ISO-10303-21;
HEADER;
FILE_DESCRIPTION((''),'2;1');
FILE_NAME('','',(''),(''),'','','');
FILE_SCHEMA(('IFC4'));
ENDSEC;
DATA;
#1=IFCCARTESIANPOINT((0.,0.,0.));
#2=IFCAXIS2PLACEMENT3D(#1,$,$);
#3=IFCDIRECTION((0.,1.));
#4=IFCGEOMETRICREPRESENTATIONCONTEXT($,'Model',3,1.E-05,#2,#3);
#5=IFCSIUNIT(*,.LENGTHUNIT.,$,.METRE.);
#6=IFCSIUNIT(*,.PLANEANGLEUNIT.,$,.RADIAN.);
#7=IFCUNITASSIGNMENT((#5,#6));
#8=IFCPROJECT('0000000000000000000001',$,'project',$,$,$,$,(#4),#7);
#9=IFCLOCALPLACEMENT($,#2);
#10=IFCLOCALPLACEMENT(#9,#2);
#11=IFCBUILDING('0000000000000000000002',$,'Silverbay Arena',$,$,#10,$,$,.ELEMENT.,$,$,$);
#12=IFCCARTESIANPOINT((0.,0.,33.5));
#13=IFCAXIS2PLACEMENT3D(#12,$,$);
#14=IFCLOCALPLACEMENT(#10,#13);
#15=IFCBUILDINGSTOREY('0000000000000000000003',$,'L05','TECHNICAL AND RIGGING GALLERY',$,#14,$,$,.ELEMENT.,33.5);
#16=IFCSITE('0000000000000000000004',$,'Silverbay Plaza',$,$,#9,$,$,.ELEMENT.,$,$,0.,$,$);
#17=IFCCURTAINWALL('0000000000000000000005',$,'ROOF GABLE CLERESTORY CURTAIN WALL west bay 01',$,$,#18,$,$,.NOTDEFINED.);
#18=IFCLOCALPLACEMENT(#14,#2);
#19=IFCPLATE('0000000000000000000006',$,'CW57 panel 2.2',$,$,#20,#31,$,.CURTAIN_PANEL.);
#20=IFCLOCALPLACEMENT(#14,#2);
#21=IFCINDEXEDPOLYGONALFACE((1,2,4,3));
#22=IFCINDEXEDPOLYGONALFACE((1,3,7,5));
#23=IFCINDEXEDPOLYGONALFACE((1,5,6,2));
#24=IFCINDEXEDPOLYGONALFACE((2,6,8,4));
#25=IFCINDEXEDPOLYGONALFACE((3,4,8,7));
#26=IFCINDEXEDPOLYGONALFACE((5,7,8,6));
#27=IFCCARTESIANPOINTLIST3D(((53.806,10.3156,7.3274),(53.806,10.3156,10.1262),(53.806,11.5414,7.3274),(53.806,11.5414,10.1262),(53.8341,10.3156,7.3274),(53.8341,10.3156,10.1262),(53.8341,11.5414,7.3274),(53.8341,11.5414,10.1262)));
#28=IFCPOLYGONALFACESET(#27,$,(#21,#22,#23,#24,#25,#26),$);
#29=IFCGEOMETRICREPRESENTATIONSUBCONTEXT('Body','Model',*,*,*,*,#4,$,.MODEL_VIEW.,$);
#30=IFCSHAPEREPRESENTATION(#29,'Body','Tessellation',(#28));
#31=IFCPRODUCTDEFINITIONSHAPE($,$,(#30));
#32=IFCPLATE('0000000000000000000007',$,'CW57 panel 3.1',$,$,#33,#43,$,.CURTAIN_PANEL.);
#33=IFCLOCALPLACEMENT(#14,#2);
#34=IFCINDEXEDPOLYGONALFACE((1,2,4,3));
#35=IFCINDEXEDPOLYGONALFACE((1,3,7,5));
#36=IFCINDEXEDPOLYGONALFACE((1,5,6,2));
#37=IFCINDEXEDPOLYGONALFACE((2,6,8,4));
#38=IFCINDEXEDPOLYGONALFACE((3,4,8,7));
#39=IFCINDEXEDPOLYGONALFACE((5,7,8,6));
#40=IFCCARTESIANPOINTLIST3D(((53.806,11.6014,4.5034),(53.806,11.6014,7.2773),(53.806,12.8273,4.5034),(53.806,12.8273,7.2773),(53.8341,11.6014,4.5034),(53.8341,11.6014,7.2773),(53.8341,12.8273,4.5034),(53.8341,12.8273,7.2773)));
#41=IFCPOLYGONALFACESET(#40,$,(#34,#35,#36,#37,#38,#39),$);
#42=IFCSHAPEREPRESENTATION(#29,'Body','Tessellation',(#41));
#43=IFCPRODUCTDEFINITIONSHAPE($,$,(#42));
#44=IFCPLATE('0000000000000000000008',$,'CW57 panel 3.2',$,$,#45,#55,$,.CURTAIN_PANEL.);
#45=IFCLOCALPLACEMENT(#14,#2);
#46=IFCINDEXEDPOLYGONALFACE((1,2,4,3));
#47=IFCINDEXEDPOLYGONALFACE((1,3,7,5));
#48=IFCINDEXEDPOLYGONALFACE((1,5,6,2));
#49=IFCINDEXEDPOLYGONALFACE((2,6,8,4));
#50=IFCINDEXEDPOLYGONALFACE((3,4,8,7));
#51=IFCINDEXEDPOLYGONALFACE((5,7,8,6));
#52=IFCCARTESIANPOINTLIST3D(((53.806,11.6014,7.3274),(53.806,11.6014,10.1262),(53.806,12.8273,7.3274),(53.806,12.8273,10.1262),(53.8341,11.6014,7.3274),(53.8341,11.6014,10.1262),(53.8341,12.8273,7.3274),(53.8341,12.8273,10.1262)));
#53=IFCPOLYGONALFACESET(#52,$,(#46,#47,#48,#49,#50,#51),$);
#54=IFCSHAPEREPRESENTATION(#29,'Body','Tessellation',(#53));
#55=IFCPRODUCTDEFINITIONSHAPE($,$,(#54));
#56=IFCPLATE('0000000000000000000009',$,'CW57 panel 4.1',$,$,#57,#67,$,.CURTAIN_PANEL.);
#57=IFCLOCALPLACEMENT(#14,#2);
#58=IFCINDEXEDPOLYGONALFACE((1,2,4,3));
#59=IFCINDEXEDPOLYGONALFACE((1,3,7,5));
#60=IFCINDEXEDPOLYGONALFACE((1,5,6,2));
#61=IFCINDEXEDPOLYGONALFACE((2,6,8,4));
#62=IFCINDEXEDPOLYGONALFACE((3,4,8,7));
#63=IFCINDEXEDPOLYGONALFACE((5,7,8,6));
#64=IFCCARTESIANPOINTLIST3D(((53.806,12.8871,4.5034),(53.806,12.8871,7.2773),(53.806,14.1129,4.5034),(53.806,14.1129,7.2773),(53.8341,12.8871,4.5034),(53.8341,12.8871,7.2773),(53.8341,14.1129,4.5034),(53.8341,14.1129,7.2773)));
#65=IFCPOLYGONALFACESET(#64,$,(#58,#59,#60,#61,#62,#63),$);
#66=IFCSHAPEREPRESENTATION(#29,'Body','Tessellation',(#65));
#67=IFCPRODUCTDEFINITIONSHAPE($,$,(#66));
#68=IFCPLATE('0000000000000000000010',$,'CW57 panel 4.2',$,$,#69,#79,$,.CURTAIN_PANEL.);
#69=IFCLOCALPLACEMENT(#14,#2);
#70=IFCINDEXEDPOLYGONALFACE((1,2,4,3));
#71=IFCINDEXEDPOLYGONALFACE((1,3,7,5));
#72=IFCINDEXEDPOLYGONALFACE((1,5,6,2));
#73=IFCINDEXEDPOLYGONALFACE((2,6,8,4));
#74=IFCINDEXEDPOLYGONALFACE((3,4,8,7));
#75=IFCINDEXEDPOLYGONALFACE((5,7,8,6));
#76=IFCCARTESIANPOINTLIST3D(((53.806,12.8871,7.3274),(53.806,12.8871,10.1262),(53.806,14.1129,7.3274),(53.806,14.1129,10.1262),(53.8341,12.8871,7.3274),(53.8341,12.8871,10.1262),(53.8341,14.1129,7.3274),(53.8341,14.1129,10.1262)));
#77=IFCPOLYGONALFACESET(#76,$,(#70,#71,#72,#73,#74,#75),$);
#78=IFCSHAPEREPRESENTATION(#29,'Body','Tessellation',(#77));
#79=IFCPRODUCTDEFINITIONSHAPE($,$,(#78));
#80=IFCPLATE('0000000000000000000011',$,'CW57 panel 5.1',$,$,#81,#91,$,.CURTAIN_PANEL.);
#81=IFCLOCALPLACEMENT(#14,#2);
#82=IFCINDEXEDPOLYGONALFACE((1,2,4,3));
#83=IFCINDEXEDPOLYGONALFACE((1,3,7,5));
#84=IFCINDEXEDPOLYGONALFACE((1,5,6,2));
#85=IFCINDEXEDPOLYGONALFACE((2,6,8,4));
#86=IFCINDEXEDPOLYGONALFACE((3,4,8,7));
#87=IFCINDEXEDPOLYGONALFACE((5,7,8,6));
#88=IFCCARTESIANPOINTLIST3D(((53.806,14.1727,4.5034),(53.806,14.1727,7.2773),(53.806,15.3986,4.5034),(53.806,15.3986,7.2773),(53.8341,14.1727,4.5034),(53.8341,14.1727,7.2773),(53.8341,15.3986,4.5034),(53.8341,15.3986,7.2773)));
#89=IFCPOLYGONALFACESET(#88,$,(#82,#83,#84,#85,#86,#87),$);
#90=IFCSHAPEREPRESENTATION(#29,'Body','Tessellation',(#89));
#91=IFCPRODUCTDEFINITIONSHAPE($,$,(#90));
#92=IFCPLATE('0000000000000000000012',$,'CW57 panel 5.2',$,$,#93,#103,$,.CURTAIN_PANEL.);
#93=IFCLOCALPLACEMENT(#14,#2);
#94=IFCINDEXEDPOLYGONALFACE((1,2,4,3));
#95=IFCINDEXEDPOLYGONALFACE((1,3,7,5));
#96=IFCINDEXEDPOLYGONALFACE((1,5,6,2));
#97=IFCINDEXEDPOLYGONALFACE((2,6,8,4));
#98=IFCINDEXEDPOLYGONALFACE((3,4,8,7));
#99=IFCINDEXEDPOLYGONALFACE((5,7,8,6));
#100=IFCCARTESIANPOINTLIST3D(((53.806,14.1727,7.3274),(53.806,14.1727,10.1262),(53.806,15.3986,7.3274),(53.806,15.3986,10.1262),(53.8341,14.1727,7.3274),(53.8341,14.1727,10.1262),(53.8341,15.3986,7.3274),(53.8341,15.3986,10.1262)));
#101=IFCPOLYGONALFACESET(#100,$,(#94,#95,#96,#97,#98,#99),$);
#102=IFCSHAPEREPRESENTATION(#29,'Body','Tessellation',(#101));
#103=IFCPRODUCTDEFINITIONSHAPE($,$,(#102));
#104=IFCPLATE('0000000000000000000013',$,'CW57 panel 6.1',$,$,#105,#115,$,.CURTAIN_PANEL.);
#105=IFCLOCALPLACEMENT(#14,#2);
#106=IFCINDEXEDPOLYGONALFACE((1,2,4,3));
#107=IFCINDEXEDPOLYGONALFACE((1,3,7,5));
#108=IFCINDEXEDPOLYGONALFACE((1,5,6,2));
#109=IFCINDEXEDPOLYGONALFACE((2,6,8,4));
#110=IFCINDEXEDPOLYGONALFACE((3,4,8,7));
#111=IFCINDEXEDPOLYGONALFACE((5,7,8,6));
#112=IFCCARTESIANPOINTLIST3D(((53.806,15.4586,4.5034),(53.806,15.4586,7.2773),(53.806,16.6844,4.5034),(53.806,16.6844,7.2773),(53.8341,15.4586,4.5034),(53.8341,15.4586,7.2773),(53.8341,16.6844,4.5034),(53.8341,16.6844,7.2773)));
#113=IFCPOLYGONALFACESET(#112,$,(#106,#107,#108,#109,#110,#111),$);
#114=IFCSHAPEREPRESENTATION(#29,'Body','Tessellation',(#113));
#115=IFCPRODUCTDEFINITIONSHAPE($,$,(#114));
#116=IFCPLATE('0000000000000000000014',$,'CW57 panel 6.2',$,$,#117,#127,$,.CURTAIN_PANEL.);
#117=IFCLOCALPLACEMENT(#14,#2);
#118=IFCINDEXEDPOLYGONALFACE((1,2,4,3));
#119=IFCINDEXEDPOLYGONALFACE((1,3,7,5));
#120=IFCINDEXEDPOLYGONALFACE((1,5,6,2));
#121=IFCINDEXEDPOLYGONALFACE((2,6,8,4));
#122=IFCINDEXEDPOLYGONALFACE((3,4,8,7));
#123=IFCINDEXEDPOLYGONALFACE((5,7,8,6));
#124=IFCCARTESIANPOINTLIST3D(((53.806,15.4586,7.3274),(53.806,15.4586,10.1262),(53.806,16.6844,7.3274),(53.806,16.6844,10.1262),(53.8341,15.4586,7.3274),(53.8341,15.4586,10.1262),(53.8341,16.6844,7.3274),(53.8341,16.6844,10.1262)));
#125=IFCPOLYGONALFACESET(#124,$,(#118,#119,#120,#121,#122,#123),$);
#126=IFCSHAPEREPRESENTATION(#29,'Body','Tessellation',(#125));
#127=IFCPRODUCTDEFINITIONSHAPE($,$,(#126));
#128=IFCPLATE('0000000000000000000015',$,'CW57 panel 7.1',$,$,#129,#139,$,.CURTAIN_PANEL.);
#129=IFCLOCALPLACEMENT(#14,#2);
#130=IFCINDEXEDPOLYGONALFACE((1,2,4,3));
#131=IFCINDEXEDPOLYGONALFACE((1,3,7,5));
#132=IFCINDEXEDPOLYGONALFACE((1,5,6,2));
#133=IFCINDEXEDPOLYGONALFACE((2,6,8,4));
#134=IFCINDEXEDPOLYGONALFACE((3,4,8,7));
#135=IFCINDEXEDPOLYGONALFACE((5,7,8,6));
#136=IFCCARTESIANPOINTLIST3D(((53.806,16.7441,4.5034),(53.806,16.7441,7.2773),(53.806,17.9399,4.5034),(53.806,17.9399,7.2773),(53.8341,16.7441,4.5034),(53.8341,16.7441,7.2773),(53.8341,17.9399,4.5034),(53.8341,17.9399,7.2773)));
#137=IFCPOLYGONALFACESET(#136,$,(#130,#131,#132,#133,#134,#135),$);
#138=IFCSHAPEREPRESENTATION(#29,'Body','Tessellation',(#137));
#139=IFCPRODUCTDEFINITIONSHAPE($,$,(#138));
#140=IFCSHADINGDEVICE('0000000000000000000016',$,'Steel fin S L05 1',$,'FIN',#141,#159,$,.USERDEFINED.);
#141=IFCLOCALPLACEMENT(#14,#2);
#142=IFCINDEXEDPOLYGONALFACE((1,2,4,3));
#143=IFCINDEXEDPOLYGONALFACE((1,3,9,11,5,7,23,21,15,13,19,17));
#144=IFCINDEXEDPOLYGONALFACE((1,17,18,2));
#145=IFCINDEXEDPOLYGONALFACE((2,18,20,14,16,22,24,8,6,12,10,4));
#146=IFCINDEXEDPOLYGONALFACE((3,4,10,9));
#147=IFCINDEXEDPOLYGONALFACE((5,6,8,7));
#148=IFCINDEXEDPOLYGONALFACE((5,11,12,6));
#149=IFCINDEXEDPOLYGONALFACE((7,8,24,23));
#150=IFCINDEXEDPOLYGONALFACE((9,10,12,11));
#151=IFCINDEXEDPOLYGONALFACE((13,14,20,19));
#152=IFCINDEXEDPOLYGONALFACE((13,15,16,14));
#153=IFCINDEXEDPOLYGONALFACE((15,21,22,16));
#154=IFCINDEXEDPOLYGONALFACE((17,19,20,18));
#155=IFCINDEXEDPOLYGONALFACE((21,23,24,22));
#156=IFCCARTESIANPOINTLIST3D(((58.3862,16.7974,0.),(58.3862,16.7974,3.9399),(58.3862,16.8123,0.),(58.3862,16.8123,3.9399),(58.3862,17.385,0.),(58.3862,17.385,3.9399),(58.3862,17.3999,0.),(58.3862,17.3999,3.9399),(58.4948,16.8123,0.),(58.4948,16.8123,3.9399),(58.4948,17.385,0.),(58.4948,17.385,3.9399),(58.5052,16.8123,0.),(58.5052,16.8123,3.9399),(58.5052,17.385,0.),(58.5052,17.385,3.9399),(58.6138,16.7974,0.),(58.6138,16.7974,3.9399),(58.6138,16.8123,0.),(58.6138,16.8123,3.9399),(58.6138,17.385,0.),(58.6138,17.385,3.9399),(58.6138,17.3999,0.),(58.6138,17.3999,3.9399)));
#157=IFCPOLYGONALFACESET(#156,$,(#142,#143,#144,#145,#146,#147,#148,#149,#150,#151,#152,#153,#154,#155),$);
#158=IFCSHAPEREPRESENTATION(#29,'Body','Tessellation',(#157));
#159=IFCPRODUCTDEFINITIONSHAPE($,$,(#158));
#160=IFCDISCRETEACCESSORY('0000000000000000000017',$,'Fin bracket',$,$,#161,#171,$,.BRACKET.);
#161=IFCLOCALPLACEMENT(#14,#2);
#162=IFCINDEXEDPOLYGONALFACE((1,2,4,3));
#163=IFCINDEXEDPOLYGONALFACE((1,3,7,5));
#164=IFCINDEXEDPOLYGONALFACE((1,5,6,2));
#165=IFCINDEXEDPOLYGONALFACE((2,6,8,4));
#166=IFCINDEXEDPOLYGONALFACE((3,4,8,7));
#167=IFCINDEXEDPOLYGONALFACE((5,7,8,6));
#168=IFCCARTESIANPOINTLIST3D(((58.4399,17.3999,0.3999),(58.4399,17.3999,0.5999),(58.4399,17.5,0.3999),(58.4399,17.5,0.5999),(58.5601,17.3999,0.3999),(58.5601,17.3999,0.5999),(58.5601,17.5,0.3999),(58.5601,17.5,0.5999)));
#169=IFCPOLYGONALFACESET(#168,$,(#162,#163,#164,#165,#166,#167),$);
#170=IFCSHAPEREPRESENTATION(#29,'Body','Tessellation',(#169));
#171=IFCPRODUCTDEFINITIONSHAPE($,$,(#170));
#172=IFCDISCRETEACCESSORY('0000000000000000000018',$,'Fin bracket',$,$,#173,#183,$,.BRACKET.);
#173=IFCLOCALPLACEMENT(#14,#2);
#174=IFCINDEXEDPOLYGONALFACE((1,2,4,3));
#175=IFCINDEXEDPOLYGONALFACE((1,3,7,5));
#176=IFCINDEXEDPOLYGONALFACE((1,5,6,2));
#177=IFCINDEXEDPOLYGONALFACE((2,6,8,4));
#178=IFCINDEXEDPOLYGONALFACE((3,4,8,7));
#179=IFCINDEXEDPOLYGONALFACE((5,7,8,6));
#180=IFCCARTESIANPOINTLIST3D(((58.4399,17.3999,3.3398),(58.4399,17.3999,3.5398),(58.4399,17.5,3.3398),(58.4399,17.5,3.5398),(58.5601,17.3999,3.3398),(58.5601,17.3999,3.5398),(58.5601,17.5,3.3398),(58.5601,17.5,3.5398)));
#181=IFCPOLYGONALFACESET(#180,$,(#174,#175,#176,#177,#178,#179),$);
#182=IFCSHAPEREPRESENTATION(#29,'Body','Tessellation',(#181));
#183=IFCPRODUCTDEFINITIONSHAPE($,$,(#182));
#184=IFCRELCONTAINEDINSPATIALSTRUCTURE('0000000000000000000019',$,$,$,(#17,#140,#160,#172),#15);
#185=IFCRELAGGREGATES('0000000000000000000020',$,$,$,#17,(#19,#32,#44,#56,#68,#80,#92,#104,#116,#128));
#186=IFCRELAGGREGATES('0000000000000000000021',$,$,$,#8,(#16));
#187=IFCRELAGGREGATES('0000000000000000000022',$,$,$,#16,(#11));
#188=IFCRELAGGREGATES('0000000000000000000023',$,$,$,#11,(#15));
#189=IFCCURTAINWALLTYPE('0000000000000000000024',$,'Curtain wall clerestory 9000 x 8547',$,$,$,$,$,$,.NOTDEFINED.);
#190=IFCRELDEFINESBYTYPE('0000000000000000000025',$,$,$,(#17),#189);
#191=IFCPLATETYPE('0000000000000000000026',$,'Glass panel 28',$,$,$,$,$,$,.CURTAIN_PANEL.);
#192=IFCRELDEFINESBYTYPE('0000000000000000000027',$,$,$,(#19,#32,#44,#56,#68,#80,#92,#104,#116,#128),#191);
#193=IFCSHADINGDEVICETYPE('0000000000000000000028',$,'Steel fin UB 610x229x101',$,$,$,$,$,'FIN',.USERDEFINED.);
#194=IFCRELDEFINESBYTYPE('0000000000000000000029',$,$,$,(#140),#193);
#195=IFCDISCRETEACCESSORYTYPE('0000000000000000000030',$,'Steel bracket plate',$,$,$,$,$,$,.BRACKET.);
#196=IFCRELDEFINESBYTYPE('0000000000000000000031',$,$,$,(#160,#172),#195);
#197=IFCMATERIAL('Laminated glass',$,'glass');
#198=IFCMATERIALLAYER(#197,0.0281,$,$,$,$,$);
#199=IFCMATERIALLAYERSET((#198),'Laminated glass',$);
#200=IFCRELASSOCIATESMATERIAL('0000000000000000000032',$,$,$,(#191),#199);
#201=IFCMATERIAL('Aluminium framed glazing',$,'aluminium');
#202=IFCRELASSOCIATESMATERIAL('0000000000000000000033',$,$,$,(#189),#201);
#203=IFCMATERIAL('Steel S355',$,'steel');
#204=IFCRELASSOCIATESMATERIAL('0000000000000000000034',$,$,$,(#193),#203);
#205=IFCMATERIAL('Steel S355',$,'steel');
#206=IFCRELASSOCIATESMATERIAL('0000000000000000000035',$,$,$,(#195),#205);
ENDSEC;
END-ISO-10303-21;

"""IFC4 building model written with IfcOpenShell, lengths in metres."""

from ifc_helpers import new_model, si_unit, direction, frame, origin, origin_2d, place, context, subcontext, project, spatial, rectangle, i_section, extrude, material, layer, layer_set, material_profile, profile_set, type_object, element, aggregate, save


model = new_model("IFC4")

# Units and contexts
model_context = context("Model", 3, precision=1e-05, world=origin(), true_north=direction((0.0, 1.0)))
body_context = subcontext(model_context, "Body", "Model", "MODEL_VIEW")
ifc_project = project(units=[si_unit("LENGTHUNIT", "METRE"), si_unit("PLANEANGLEUNIT", "RADIAN")], contexts=[model_context])

# Site, building, storey
site_placement = place(None, origin())
site = spatial("IfcSite", under=ifc_project, at=site_placement, Name="Silverbay Plaza", CompositionType="ELEMENT", RefElevation=0.0)
building_placement = place(site_placement, origin())
building = spatial("IfcBuilding", under=site, at=building_placement, Name="Silverbay Arena", CompositionType="ELEMENT")
storey_placement = place(building_placement, frame((0.0, 0.0, 33.5)))
storey = spatial("IfcBuildingStorey", under=building, at=storey_placement, Name="L05", Description="TECHNICAL AND RIGGING GALLERY", CompositionType="ELEMENT", Elevation=33.5)

# Shared definitions
ifc_material_1 = material(Name="Laminated glass", Category="glass")
ifc_layer = layer(ifc_material_1, 0.0281)
ifc_layer_set = layer_set([ifc_layer], Name="Laminated glass")
plate_type = type_object("IfcPlateType", Name="Glass panel 28", PredefinedType="CURTAIN_PANEL", material=ifc_layer_set)

# Curtain wall, plates
ifc_material_2 = material(Name="Aluminium framed glazing", Category="aluminium")
curtain_wall_type_1 = type_object("IfcCurtainWallType", Name="Curtain wall clerestory 9000 x 8547", PredefinedType="NOTDEFINED", material=ifc_material_2)
curtain_wall_1_placement = place(storey_placement, origin())
curtain_wall_1 = element("IfcCurtainWall", 1, at=curtain_wall_1_placement, inside=storey, type_object=curtain_wall_type_1, Name="ROOF GABLE CLERESTORY CURTAIN WALL west bay 01", PredefinedType="NOTDEFINED")
plate_1_placement = place(storey_placement, frame((53.8201, 10.9285, 7.3274), z_axis=(0.0, 0.0, 1.0), x_axis=(0.0, 1.0, 0.0)))
plate_1 = element("IfcPlate", 2, at=plate_1_placement, type_object=plate_type, Name="CW57 panel 2.2", PredefinedType="CURTAIN_PANEL", context=body_context, shape_type="SweptSolid", body=[
    extrude(rectangle(XDim=1.2258, YDim=0.0281, at=origin_2d()), origin(), (0.0, 0.0, 1.0), 2.7988),
])
plate_2_placement = place(storey_placement, frame((53.8201, 12.2144, 4.5034), z_axis=(0.0, 0.0, 1.0), x_axis=(0.0, 1.0, 0.0)))
plate_2 = element("IfcPlate", 3, at=plate_2_placement, type_object=plate_type, Name="CW57 panel 3.1", PredefinedType="CURTAIN_PANEL", context=body_context, shape_type="SweptSolid", body=[
    extrude(rectangle(XDim=1.2258, YDim=0.0281, at=origin_2d()), origin(), (0.0, 0.0, 1.0), 2.7739),
])
plate_3_placement = place(storey_placement, frame((53.8201, 12.2144, 7.3274), z_axis=(0.0, 0.0, 1.0), x_axis=(0.0, 1.0, 0.0)))
plate_3 = element("IfcPlate", 4, at=plate_3_placement, type_object=plate_type, Name="CW57 panel 3.2", PredefinedType="CURTAIN_PANEL", context=body_context, shape_type="SweptSolid", body=[
    extrude(rectangle(XDim=1.2258, YDim=0.0281, at=origin_2d()), origin(), (0.0, 0.0, 1.0), 2.7988),
])
plate_4_placement = place(storey_placement, frame((53.8201, 13.5, 4.5034), z_axis=(0.0, 0.0, 1.0), x_axis=(0.0, 1.0, 0.0)))
plate_4 = element("IfcPlate", 5, at=plate_4_placement, type_object=plate_type, Name="CW57 panel 4.1", PredefinedType="CURTAIN_PANEL", context=body_context, shape_type="SweptSolid", body=[
    extrude(rectangle(XDim=1.2258, YDim=0.0281, at=origin_2d()), origin(), (0.0, 0.0, 1.0), 2.7739),
])
plate_5_placement = place(storey_placement, frame((53.8201, 13.5, 7.3274), z_axis=(0.0, 0.0, 1.0), x_axis=(0.0, 1.0, 0.0)))
plate_5 = element("IfcPlate", 6, at=plate_5_placement, type_object=plate_type, Name="CW57 panel 4.2", PredefinedType="CURTAIN_PANEL", context=body_context, shape_type="SweptSolid", body=[
    extrude(rectangle(XDim=1.2258, YDim=0.0281, at=origin_2d()), origin(), (0.0, 0.0, 1.0), 2.7988),
])
plate_6_placement = place(storey_placement, frame((53.8201, 14.7856, 4.5034), z_axis=(0.0, 0.0, 1.0), x_axis=(0.0, 1.0, 0.0)))
plate_6 = element("IfcPlate", 7, at=plate_6_placement, type_object=plate_type, Name="CW57 panel 5.1", PredefinedType="CURTAIN_PANEL", context=body_context, shape_type="SweptSolid", body=[
    extrude(rectangle(XDim=1.2258, YDim=0.0281, at=origin_2d()), origin(), (0.0, 0.0, 1.0), 2.7739),
])
plate_7_placement = place(storey_placement, frame((53.8201, 14.7856, 7.3274), z_axis=(0.0, 0.0, 1.0), x_axis=(0.0, 1.0, 0.0)))
plate_7 = element("IfcPlate", 8, at=plate_7_placement, type_object=plate_type, Name="CW57 panel 5.2", PredefinedType="CURTAIN_PANEL", context=body_context, shape_type="SweptSolid", body=[
    extrude(rectangle(XDim=1.2258, YDim=0.0281, at=origin_2d()), origin(), (0.0, 0.0, 1.0), 2.7988),
])
plate_8_placement = place(storey_placement, frame((53.8201, 16.0715, 4.5034), z_axis=(0.0, 0.0, 1.0), x_axis=(0.0, 1.0, 0.0)))
plate_8 = element("IfcPlate", 9, at=plate_8_placement, type_object=plate_type, Name="CW57 panel 6.1", PredefinedType="CURTAIN_PANEL", context=body_context, shape_type="SweptSolid", body=[
    extrude(rectangle(XDim=1.2258, YDim=0.0281, at=origin_2d()), origin(), (0.0, 0.0, 1.0), 2.7739),
])
plate_9_placement = place(storey_placement, frame((53.8201, 16.0715, 7.3274), z_axis=(0.0, 0.0, 1.0), x_axis=(0.0, 1.0, 0.0)))
plate_9 = element("IfcPlate", 10, at=plate_9_placement, type_object=plate_type, Name="CW57 panel 6.2", PredefinedType="CURTAIN_PANEL", context=body_context, shape_type="SweptSolid", body=[
    extrude(rectangle(XDim=1.2258, YDim=0.0281, at=origin_2d()), origin(), (0.0, 0.0, 1.0), 2.7988),
])
plate_10_placement = place(storey_placement, frame((53.8201, 17.342, 4.5034), z_axis=(0.0, 0.0, 1.0), x_axis=(0.0, 1.0, 0.0)))
plate_10 = element("IfcPlate", 11, at=plate_10_placement, type_object=plate_type, Name="CW57 panel 7.1", PredefinedType="CURTAIN_PANEL", context=body_context, shape_type="SweptSolid", body=[
    extrude(rectangle(XDim=1.1958, YDim=0.0281, at=origin_2d()), origin(), (0.0, 0.0, 1.0), 2.7739),
])
aggregate(curtain_wall_1, [plate_1, plate_2, plate_3, plate_4, plate_5, plate_6, plate_7, plate_8, plate_9, plate_10])

# Shading device
ifc_material_3 = material(Name="Steel S355", Category="steel")
ifc_material_profile_1 = material_profile(ifc_material_3, i_section(OverallWidth=0.2275, OverallDepth=0.6025, WebThickness=0.0105, FlangeThickness=0.0149, at=origin_2d()), Name="UB 610x229x101")
ifc_profile_set_1 = profile_set([ifc_material_profile_1], Name="Steel S355")
shading_device_type = type_object("IfcShadingDeviceType", Name="Steel fin UB 610x229x101", ElementType="FIN", PredefinedType="USERDEFINED", material=ifc_profile_set_1)
shading_device_placement = place(storey_placement, frame((58.5, 17.0986, 0.0), z_axis=(0.0, 0.0, 1.0), x_axis=(1.0, 0.0, 0.0)))
element("IfcShadingDevice", 12, at=shading_device_placement, inside=storey, type_object=shading_device_type, Name="Steel fin S L05 1", ObjectType="FIN", PredefinedType="USERDEFINED", context=body_context, shape_type="SweptSolid", body=[
    extrude(i_section(OverallWidth=0.2275, OverallDepth=0.6025, WebThickness=0.0105, FlangeThickness=0.0149, at=origin_2d()), origin(), (0.0, 0.0, 1.0), 3.9399),
])

# Discrete accessories
ifc_material_4 = material(Name="Steel S355", Category="steel")
discrete_accessory_type = type_object("IfcDiscreteAccessoryType", Name="Steel bracket plate", PredefinedType="BRACKET", material=ifc_material_4)
for number, where, z_axis, x_axis, name in (
    (13, (58.5, 17.45, 0.3999), (0.0, 0.0, 1.0), (1.0, 0.0, 0.0), "Fin bracket"),
    (14, (58.5, 17.45, 3.3398), (0.0, 0.0, 1.0), (1.0, 0.0, 0.0), "Fin bracket"),
):
    element("IfcDiscreteAccessory", number, at=place(storey_placement, frame(where, z_axis=z_axis, x_axis=x_axis)), inside=storey, type_object=discrete_accessory_type, Name=name, PredefinedType="BRACKET", context=body_context, shape_type="SweptSolid", body=[
        extrude(rectangle(XDim=0.1201, YDim=0.1001, at=origin_2d()), origin(), (0.0, 0.0, 1.0), 0.2),
    ])

save(model, "model.ifc")
